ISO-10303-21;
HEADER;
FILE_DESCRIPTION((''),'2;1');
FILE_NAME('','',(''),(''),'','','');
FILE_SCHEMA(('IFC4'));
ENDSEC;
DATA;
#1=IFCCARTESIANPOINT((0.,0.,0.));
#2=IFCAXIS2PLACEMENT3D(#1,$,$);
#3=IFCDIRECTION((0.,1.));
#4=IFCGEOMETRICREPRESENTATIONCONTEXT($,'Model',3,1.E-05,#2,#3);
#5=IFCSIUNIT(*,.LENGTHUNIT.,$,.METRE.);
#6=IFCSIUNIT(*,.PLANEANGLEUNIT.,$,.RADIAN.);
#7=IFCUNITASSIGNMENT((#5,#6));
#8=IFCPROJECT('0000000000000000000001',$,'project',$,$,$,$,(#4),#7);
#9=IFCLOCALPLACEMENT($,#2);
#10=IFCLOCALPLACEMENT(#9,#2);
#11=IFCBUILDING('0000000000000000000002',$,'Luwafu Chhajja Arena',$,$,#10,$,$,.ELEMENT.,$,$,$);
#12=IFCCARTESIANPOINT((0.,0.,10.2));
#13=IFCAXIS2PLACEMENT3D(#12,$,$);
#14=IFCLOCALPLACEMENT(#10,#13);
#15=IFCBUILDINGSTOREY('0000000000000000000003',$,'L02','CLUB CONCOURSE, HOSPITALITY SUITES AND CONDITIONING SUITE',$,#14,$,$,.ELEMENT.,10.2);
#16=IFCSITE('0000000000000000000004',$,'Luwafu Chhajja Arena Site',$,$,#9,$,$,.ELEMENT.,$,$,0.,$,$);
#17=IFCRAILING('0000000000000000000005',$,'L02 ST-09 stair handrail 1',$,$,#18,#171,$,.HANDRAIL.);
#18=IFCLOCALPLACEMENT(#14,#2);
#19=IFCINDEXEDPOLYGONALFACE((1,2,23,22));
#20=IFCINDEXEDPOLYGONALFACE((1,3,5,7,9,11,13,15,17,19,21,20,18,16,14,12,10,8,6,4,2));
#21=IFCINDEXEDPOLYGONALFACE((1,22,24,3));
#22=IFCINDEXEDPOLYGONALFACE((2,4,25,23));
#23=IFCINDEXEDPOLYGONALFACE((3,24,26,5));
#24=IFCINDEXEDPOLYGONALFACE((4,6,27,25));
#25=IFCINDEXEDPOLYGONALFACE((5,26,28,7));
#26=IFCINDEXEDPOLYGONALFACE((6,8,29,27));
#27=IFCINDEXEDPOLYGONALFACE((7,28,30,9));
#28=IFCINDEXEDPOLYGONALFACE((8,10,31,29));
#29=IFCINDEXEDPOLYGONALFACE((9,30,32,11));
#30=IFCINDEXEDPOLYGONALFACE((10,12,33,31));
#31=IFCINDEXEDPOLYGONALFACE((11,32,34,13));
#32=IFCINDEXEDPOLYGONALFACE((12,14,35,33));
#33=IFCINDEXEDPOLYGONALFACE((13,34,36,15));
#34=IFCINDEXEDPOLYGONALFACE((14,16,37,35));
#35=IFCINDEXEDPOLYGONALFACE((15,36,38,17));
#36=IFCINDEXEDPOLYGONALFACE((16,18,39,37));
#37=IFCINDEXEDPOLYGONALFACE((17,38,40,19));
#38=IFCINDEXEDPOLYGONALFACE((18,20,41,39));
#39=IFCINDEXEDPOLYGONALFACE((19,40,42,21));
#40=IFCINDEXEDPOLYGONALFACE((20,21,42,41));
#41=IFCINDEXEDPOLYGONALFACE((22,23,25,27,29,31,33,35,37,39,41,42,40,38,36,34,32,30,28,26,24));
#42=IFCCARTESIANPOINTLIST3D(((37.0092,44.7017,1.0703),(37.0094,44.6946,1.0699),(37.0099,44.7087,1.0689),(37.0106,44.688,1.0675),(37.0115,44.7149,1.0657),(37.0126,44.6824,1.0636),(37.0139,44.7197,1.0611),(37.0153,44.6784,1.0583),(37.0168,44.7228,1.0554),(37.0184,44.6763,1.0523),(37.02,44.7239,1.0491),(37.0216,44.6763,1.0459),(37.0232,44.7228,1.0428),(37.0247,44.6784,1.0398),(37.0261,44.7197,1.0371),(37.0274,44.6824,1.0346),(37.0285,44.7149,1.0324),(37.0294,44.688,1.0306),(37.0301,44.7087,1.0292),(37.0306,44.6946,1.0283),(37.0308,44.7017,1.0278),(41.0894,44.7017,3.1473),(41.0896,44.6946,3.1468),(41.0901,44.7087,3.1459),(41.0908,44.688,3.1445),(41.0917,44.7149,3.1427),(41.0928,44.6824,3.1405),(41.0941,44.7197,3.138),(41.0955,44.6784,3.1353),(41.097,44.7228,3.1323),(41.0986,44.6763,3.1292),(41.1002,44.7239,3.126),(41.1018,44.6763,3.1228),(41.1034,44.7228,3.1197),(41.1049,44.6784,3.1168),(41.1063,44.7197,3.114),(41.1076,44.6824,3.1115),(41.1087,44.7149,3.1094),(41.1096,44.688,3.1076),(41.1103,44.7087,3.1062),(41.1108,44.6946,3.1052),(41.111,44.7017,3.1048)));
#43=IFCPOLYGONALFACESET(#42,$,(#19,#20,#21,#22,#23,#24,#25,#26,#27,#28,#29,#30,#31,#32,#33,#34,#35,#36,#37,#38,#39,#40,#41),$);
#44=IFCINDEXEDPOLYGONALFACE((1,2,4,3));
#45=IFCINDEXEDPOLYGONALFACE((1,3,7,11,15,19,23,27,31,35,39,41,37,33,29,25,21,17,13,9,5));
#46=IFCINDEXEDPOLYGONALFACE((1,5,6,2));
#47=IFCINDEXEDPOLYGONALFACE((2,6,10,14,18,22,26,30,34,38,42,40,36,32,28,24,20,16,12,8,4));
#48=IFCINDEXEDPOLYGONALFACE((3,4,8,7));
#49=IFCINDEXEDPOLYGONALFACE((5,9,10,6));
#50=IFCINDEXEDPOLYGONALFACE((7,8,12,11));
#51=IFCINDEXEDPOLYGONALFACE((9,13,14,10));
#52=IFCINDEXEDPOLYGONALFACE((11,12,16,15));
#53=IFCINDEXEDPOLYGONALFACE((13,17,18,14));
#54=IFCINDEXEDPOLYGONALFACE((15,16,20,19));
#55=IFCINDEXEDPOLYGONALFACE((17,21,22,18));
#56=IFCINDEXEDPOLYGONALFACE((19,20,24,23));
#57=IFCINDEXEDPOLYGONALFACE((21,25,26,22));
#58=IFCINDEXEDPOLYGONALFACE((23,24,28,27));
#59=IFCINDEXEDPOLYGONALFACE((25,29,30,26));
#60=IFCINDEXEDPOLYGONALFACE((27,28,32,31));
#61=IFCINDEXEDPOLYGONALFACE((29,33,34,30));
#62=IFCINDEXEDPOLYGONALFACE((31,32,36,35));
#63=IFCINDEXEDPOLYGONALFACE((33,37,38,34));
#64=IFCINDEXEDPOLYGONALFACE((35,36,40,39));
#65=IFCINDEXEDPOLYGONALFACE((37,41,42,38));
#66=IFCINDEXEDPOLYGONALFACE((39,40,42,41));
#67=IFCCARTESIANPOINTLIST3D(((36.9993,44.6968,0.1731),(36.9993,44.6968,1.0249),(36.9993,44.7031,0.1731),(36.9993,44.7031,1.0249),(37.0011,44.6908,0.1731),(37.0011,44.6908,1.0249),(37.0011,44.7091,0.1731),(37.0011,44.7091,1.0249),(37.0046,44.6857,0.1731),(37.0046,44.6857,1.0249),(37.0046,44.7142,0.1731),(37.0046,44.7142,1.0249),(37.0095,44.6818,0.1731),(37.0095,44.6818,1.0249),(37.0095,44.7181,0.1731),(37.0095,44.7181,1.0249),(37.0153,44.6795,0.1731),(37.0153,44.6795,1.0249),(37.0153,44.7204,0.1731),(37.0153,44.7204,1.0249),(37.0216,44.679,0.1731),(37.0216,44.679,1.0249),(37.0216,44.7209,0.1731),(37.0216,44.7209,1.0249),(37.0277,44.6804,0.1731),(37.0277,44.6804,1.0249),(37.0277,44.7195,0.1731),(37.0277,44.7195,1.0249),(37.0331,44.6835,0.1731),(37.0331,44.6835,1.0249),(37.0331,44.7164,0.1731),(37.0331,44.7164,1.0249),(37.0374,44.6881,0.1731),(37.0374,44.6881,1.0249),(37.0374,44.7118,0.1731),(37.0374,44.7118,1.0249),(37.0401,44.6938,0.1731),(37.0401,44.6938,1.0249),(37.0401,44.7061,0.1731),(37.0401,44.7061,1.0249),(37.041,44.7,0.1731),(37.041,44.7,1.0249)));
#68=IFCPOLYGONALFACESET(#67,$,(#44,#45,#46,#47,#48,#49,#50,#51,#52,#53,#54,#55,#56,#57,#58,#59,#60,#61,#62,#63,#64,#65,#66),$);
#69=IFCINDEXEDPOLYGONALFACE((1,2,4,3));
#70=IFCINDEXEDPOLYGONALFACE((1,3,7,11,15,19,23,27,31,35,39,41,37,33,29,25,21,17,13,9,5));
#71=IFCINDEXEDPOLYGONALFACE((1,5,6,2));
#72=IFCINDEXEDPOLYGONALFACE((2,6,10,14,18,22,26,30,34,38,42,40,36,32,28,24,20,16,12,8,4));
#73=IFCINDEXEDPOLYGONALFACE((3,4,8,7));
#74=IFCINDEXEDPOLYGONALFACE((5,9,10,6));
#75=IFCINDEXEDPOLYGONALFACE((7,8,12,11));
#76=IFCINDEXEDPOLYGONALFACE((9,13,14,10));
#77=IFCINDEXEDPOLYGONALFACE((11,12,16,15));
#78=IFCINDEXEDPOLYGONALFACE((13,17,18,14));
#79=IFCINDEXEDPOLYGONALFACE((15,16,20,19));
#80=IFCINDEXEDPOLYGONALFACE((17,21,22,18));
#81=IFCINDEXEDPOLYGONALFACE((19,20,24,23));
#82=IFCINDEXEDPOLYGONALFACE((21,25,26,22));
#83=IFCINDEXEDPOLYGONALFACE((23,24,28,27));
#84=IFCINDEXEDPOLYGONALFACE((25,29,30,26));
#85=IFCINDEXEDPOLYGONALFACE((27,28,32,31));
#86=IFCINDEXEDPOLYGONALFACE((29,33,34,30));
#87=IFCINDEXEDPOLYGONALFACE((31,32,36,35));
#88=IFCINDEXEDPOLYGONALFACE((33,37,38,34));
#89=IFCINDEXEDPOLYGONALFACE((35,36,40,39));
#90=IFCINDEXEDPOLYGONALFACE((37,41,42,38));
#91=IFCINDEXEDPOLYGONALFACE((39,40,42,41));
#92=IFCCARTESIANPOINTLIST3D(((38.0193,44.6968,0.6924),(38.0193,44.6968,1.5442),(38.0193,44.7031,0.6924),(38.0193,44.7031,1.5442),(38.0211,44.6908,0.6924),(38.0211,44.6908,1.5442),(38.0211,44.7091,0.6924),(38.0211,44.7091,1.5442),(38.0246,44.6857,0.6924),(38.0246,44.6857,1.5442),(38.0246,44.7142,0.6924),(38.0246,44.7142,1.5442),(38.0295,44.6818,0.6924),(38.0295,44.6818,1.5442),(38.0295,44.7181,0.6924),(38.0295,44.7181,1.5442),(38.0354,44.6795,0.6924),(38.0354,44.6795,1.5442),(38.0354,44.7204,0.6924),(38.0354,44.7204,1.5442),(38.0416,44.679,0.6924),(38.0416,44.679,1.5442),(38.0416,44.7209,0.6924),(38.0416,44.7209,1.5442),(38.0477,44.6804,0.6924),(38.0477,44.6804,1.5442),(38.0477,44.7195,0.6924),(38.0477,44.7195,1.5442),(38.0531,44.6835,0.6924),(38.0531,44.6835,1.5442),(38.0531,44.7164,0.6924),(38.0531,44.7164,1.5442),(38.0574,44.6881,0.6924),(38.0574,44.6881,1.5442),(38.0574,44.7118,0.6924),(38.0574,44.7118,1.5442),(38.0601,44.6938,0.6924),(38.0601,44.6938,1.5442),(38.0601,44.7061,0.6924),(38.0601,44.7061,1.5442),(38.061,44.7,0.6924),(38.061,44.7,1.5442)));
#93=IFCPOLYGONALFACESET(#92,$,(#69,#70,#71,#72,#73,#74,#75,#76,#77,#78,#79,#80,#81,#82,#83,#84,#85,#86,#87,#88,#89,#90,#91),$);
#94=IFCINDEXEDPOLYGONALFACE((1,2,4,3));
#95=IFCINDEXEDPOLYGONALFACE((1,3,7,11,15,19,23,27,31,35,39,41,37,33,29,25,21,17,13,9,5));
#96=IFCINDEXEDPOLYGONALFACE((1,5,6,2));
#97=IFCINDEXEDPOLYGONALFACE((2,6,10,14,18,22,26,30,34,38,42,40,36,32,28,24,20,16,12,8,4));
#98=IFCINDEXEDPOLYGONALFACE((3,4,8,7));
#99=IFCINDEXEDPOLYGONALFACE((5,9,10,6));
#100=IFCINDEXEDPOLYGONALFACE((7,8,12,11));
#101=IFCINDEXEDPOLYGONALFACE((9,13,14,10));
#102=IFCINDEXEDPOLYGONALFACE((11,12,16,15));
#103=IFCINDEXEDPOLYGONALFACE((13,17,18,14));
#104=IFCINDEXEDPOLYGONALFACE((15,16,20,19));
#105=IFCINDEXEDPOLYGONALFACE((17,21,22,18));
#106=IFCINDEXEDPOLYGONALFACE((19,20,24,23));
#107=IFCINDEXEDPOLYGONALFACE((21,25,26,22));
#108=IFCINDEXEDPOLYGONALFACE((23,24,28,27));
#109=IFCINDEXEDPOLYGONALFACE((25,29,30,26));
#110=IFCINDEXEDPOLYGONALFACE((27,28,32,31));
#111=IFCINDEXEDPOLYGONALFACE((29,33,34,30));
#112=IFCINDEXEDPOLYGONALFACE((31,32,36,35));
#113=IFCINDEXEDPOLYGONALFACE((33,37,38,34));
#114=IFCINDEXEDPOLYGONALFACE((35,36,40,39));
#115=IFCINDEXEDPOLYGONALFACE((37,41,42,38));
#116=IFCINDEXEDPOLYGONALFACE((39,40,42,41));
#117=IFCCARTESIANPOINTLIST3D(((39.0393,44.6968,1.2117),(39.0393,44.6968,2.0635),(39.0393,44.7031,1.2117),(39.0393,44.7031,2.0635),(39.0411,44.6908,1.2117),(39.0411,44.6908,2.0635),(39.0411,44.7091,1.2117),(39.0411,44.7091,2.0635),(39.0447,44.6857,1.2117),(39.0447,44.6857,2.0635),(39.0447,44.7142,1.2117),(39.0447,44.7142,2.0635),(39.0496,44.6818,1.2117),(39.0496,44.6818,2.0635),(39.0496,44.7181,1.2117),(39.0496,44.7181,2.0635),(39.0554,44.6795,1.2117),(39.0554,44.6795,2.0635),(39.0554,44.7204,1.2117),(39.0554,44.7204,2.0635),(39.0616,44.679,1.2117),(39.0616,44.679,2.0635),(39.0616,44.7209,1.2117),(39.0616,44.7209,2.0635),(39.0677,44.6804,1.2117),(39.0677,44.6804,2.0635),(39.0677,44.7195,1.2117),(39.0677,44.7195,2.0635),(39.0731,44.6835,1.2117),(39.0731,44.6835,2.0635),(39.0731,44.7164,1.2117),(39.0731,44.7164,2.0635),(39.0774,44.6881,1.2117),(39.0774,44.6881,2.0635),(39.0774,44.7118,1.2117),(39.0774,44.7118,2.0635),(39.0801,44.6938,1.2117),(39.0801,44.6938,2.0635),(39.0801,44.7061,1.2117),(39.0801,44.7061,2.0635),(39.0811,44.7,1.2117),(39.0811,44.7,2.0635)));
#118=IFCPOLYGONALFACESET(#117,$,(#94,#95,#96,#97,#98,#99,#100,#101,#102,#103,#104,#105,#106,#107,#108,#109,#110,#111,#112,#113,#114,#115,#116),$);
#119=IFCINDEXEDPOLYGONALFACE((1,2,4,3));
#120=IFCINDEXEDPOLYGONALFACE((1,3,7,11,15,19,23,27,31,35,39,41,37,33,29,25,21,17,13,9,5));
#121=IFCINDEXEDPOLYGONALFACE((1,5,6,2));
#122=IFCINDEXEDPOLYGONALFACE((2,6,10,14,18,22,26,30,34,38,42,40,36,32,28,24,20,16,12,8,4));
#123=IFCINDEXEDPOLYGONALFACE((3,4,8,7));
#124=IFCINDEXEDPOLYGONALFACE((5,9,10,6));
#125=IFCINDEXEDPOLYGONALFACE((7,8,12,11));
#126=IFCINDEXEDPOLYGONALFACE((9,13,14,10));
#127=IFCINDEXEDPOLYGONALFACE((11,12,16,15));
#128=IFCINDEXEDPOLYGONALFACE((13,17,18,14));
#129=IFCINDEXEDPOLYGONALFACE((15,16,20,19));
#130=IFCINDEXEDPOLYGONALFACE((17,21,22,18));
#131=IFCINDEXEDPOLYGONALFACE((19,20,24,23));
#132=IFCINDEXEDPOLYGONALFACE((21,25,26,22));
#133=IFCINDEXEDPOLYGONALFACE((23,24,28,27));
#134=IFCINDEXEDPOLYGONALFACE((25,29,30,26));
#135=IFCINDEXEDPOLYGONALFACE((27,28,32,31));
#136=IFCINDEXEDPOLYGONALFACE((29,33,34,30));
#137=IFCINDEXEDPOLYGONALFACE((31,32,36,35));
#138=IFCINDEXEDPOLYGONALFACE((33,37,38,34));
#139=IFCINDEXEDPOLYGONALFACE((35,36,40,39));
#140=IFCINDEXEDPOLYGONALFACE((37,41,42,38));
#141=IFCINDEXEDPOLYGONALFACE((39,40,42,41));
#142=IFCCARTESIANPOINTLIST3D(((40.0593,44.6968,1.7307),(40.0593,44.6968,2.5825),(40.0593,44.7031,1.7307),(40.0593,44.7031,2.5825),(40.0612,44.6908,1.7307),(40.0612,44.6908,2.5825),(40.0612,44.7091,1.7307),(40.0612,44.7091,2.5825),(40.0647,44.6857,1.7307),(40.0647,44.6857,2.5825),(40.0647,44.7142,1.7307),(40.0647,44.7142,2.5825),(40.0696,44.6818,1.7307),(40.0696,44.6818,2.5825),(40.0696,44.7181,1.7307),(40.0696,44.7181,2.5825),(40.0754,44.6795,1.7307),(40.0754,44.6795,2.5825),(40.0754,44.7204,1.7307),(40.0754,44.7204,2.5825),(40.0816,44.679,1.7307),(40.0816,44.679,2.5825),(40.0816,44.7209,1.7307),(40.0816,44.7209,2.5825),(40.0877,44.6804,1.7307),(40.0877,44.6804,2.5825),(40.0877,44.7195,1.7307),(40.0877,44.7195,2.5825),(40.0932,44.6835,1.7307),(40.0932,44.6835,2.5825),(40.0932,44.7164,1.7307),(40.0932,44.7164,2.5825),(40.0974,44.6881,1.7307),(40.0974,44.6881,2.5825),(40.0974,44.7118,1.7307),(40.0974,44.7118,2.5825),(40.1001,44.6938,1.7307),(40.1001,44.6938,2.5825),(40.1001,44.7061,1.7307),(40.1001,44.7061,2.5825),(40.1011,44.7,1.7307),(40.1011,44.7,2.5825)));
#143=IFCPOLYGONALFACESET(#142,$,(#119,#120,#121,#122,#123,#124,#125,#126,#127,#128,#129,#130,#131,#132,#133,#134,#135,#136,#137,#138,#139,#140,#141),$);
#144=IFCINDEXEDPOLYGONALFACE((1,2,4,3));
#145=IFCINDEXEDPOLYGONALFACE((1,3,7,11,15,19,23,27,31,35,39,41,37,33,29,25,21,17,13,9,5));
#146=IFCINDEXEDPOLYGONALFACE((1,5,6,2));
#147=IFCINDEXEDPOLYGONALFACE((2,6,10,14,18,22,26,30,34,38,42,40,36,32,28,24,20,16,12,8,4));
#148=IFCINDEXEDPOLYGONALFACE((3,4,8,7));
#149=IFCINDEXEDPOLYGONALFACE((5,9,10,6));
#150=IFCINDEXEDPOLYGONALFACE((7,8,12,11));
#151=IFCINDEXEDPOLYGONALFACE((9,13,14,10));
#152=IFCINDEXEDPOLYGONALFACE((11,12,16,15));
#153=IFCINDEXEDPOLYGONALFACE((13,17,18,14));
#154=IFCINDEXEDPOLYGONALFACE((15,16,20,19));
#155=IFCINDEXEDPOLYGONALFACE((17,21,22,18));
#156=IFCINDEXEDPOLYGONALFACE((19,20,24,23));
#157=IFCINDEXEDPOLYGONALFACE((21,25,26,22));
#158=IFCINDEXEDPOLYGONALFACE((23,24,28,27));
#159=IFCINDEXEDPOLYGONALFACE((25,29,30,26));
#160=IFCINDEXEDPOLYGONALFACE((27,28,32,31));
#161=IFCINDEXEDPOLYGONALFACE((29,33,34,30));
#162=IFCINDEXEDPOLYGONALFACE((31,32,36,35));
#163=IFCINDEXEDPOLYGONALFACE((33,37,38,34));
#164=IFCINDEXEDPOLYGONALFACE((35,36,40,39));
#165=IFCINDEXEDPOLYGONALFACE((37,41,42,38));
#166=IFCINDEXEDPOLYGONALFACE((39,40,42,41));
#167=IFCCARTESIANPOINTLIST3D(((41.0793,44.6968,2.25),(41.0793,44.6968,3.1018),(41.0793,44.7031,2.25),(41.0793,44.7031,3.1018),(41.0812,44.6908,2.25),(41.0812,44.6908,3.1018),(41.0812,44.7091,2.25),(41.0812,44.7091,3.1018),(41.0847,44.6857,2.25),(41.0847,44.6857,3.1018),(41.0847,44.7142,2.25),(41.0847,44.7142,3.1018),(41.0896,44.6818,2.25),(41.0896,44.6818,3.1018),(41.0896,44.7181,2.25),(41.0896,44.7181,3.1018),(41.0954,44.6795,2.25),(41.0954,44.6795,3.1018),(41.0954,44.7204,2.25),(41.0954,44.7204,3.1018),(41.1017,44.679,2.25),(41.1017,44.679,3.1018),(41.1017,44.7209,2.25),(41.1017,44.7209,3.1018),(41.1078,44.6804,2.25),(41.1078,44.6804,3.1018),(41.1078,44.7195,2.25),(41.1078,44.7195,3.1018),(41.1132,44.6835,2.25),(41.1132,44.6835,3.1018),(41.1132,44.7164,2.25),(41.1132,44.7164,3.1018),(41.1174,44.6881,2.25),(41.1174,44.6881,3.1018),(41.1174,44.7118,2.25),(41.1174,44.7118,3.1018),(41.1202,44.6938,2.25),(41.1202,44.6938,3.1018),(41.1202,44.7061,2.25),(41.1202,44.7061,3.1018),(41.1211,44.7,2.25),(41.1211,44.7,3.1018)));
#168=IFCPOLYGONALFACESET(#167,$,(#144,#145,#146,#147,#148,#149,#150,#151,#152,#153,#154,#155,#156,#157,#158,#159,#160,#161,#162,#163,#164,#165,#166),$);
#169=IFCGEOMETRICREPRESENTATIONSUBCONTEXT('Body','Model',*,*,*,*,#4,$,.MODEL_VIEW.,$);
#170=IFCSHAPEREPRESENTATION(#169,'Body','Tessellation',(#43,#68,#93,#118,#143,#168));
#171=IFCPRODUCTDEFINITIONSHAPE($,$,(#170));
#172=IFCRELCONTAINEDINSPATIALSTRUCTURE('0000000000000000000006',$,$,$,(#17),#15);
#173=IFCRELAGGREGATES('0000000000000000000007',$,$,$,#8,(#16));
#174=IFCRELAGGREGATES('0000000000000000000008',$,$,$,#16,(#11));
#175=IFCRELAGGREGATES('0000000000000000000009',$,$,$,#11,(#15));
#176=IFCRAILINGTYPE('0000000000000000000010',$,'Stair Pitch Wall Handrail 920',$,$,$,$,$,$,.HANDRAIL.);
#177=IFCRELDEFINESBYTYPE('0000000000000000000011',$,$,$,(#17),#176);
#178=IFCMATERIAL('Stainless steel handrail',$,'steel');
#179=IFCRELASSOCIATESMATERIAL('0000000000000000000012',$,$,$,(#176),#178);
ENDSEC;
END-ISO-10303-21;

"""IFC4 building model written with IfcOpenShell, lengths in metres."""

from ifc_helpers import new_model, si_unit, direction, frame, origin, origin_2d, place, context, subcontext, project, spatial, circle, extrude, material, type_object, element, save


model = new_model("IFC4")

# Units and contexts
model_context = context("Model", 3, precision=1e-05, world=origin(), true_north=direction((0.0, 1.0)))
body_context = subcontext(model_context, "Body", "Model", "MODEL_VIEW")
ifc_project = project(units=[si_unit("LENGTHUNIT", "METRE"), si_unit("PLANEANGLEUNIT", "RADIAN")], contexts=[model_context])

# Site, building, storey
site_placement = place(None, origin())
site = spatial("IfcSite", under=ifc_project, at=site_placement, Name="Luwafu Chhajja Arena Site", CompositionType="ELEMENT", RefElevation=0.0)
building_placement = place(site_placement, origin())
building = spatial("IfcBuilding", under=site, at=building_placement, Name="Luwafu Chhajja Arena", CompositionType="ELEMENT")
storey_placement = place(building_placement, frame((0.0, 0.0, 10.2)))
storey = spatial("IfcBuildingStorey", under=building, at=storey_placement, Name="L02", Description="CLUB CONCOURSE, HOSPITALITY SUITES AND CONDITIONING SUITE", CompositionType="ELEMENT", Elevation=10.2)

# Railing
ifc_material_1 = material(Name="Stainless steel handrail", Category="steel")
railing_type_1 = type_object("IfcRailingType", Name="Stair Pitch Wall Handrail 920", PredefinedType="HANDRAIL", material=ifc_material_1)
railing_1_placement = place(storey_placement, frame((37.02, 44.7, 0.1731)))
element("IfcRailing", 1, at=railing_1_placement, inside=storey, type_object=railing_type_1, Name="L02 ST-09 stair handrail 1", PredefinedType="HANDRAIL", context=body_context, shape_type="SweptSolid", body=[
    extrude(circle(Radius=0.0239, at=origin_2d()), frame((0.0, 0.0, 0.876), z_axis=(0.891183, 0.0, 0.453644), x_axis=(0.0, 1.0, 0.0)), (0.0, 0.0, 1.0), 4.5784),
    extrude(circle(Radius=0.021, at=origin_2d()), origin(), (0.0, 0.0, 1.0), 0.8518),
    extrude(circle(Radius=0.021, at=origin_2d()), frame((1.02, 0.0, 0.5193)), (0.0, 0.0, 1.0), 0.8518),
    extrude(circle(Radius=0.021, at=origin_2d()), frame((2.04, 0.0, 1.0386)), (0.0, 0.0, 1.0), 0.8518),
    extrude(circle(Radius=0.021, at=origin_2d()), frame((3.0601, 0.0, 1.5576)), (0.0, 0.0, 1.0), 0.8518),
    extrude(circle(Radius=0.021, at=origin_2d()), frame((4.0801, 0.0, 2.0769)), (0.0, 0.0, 1.0), 0.8518),
])

save(model, "model.ifc")
